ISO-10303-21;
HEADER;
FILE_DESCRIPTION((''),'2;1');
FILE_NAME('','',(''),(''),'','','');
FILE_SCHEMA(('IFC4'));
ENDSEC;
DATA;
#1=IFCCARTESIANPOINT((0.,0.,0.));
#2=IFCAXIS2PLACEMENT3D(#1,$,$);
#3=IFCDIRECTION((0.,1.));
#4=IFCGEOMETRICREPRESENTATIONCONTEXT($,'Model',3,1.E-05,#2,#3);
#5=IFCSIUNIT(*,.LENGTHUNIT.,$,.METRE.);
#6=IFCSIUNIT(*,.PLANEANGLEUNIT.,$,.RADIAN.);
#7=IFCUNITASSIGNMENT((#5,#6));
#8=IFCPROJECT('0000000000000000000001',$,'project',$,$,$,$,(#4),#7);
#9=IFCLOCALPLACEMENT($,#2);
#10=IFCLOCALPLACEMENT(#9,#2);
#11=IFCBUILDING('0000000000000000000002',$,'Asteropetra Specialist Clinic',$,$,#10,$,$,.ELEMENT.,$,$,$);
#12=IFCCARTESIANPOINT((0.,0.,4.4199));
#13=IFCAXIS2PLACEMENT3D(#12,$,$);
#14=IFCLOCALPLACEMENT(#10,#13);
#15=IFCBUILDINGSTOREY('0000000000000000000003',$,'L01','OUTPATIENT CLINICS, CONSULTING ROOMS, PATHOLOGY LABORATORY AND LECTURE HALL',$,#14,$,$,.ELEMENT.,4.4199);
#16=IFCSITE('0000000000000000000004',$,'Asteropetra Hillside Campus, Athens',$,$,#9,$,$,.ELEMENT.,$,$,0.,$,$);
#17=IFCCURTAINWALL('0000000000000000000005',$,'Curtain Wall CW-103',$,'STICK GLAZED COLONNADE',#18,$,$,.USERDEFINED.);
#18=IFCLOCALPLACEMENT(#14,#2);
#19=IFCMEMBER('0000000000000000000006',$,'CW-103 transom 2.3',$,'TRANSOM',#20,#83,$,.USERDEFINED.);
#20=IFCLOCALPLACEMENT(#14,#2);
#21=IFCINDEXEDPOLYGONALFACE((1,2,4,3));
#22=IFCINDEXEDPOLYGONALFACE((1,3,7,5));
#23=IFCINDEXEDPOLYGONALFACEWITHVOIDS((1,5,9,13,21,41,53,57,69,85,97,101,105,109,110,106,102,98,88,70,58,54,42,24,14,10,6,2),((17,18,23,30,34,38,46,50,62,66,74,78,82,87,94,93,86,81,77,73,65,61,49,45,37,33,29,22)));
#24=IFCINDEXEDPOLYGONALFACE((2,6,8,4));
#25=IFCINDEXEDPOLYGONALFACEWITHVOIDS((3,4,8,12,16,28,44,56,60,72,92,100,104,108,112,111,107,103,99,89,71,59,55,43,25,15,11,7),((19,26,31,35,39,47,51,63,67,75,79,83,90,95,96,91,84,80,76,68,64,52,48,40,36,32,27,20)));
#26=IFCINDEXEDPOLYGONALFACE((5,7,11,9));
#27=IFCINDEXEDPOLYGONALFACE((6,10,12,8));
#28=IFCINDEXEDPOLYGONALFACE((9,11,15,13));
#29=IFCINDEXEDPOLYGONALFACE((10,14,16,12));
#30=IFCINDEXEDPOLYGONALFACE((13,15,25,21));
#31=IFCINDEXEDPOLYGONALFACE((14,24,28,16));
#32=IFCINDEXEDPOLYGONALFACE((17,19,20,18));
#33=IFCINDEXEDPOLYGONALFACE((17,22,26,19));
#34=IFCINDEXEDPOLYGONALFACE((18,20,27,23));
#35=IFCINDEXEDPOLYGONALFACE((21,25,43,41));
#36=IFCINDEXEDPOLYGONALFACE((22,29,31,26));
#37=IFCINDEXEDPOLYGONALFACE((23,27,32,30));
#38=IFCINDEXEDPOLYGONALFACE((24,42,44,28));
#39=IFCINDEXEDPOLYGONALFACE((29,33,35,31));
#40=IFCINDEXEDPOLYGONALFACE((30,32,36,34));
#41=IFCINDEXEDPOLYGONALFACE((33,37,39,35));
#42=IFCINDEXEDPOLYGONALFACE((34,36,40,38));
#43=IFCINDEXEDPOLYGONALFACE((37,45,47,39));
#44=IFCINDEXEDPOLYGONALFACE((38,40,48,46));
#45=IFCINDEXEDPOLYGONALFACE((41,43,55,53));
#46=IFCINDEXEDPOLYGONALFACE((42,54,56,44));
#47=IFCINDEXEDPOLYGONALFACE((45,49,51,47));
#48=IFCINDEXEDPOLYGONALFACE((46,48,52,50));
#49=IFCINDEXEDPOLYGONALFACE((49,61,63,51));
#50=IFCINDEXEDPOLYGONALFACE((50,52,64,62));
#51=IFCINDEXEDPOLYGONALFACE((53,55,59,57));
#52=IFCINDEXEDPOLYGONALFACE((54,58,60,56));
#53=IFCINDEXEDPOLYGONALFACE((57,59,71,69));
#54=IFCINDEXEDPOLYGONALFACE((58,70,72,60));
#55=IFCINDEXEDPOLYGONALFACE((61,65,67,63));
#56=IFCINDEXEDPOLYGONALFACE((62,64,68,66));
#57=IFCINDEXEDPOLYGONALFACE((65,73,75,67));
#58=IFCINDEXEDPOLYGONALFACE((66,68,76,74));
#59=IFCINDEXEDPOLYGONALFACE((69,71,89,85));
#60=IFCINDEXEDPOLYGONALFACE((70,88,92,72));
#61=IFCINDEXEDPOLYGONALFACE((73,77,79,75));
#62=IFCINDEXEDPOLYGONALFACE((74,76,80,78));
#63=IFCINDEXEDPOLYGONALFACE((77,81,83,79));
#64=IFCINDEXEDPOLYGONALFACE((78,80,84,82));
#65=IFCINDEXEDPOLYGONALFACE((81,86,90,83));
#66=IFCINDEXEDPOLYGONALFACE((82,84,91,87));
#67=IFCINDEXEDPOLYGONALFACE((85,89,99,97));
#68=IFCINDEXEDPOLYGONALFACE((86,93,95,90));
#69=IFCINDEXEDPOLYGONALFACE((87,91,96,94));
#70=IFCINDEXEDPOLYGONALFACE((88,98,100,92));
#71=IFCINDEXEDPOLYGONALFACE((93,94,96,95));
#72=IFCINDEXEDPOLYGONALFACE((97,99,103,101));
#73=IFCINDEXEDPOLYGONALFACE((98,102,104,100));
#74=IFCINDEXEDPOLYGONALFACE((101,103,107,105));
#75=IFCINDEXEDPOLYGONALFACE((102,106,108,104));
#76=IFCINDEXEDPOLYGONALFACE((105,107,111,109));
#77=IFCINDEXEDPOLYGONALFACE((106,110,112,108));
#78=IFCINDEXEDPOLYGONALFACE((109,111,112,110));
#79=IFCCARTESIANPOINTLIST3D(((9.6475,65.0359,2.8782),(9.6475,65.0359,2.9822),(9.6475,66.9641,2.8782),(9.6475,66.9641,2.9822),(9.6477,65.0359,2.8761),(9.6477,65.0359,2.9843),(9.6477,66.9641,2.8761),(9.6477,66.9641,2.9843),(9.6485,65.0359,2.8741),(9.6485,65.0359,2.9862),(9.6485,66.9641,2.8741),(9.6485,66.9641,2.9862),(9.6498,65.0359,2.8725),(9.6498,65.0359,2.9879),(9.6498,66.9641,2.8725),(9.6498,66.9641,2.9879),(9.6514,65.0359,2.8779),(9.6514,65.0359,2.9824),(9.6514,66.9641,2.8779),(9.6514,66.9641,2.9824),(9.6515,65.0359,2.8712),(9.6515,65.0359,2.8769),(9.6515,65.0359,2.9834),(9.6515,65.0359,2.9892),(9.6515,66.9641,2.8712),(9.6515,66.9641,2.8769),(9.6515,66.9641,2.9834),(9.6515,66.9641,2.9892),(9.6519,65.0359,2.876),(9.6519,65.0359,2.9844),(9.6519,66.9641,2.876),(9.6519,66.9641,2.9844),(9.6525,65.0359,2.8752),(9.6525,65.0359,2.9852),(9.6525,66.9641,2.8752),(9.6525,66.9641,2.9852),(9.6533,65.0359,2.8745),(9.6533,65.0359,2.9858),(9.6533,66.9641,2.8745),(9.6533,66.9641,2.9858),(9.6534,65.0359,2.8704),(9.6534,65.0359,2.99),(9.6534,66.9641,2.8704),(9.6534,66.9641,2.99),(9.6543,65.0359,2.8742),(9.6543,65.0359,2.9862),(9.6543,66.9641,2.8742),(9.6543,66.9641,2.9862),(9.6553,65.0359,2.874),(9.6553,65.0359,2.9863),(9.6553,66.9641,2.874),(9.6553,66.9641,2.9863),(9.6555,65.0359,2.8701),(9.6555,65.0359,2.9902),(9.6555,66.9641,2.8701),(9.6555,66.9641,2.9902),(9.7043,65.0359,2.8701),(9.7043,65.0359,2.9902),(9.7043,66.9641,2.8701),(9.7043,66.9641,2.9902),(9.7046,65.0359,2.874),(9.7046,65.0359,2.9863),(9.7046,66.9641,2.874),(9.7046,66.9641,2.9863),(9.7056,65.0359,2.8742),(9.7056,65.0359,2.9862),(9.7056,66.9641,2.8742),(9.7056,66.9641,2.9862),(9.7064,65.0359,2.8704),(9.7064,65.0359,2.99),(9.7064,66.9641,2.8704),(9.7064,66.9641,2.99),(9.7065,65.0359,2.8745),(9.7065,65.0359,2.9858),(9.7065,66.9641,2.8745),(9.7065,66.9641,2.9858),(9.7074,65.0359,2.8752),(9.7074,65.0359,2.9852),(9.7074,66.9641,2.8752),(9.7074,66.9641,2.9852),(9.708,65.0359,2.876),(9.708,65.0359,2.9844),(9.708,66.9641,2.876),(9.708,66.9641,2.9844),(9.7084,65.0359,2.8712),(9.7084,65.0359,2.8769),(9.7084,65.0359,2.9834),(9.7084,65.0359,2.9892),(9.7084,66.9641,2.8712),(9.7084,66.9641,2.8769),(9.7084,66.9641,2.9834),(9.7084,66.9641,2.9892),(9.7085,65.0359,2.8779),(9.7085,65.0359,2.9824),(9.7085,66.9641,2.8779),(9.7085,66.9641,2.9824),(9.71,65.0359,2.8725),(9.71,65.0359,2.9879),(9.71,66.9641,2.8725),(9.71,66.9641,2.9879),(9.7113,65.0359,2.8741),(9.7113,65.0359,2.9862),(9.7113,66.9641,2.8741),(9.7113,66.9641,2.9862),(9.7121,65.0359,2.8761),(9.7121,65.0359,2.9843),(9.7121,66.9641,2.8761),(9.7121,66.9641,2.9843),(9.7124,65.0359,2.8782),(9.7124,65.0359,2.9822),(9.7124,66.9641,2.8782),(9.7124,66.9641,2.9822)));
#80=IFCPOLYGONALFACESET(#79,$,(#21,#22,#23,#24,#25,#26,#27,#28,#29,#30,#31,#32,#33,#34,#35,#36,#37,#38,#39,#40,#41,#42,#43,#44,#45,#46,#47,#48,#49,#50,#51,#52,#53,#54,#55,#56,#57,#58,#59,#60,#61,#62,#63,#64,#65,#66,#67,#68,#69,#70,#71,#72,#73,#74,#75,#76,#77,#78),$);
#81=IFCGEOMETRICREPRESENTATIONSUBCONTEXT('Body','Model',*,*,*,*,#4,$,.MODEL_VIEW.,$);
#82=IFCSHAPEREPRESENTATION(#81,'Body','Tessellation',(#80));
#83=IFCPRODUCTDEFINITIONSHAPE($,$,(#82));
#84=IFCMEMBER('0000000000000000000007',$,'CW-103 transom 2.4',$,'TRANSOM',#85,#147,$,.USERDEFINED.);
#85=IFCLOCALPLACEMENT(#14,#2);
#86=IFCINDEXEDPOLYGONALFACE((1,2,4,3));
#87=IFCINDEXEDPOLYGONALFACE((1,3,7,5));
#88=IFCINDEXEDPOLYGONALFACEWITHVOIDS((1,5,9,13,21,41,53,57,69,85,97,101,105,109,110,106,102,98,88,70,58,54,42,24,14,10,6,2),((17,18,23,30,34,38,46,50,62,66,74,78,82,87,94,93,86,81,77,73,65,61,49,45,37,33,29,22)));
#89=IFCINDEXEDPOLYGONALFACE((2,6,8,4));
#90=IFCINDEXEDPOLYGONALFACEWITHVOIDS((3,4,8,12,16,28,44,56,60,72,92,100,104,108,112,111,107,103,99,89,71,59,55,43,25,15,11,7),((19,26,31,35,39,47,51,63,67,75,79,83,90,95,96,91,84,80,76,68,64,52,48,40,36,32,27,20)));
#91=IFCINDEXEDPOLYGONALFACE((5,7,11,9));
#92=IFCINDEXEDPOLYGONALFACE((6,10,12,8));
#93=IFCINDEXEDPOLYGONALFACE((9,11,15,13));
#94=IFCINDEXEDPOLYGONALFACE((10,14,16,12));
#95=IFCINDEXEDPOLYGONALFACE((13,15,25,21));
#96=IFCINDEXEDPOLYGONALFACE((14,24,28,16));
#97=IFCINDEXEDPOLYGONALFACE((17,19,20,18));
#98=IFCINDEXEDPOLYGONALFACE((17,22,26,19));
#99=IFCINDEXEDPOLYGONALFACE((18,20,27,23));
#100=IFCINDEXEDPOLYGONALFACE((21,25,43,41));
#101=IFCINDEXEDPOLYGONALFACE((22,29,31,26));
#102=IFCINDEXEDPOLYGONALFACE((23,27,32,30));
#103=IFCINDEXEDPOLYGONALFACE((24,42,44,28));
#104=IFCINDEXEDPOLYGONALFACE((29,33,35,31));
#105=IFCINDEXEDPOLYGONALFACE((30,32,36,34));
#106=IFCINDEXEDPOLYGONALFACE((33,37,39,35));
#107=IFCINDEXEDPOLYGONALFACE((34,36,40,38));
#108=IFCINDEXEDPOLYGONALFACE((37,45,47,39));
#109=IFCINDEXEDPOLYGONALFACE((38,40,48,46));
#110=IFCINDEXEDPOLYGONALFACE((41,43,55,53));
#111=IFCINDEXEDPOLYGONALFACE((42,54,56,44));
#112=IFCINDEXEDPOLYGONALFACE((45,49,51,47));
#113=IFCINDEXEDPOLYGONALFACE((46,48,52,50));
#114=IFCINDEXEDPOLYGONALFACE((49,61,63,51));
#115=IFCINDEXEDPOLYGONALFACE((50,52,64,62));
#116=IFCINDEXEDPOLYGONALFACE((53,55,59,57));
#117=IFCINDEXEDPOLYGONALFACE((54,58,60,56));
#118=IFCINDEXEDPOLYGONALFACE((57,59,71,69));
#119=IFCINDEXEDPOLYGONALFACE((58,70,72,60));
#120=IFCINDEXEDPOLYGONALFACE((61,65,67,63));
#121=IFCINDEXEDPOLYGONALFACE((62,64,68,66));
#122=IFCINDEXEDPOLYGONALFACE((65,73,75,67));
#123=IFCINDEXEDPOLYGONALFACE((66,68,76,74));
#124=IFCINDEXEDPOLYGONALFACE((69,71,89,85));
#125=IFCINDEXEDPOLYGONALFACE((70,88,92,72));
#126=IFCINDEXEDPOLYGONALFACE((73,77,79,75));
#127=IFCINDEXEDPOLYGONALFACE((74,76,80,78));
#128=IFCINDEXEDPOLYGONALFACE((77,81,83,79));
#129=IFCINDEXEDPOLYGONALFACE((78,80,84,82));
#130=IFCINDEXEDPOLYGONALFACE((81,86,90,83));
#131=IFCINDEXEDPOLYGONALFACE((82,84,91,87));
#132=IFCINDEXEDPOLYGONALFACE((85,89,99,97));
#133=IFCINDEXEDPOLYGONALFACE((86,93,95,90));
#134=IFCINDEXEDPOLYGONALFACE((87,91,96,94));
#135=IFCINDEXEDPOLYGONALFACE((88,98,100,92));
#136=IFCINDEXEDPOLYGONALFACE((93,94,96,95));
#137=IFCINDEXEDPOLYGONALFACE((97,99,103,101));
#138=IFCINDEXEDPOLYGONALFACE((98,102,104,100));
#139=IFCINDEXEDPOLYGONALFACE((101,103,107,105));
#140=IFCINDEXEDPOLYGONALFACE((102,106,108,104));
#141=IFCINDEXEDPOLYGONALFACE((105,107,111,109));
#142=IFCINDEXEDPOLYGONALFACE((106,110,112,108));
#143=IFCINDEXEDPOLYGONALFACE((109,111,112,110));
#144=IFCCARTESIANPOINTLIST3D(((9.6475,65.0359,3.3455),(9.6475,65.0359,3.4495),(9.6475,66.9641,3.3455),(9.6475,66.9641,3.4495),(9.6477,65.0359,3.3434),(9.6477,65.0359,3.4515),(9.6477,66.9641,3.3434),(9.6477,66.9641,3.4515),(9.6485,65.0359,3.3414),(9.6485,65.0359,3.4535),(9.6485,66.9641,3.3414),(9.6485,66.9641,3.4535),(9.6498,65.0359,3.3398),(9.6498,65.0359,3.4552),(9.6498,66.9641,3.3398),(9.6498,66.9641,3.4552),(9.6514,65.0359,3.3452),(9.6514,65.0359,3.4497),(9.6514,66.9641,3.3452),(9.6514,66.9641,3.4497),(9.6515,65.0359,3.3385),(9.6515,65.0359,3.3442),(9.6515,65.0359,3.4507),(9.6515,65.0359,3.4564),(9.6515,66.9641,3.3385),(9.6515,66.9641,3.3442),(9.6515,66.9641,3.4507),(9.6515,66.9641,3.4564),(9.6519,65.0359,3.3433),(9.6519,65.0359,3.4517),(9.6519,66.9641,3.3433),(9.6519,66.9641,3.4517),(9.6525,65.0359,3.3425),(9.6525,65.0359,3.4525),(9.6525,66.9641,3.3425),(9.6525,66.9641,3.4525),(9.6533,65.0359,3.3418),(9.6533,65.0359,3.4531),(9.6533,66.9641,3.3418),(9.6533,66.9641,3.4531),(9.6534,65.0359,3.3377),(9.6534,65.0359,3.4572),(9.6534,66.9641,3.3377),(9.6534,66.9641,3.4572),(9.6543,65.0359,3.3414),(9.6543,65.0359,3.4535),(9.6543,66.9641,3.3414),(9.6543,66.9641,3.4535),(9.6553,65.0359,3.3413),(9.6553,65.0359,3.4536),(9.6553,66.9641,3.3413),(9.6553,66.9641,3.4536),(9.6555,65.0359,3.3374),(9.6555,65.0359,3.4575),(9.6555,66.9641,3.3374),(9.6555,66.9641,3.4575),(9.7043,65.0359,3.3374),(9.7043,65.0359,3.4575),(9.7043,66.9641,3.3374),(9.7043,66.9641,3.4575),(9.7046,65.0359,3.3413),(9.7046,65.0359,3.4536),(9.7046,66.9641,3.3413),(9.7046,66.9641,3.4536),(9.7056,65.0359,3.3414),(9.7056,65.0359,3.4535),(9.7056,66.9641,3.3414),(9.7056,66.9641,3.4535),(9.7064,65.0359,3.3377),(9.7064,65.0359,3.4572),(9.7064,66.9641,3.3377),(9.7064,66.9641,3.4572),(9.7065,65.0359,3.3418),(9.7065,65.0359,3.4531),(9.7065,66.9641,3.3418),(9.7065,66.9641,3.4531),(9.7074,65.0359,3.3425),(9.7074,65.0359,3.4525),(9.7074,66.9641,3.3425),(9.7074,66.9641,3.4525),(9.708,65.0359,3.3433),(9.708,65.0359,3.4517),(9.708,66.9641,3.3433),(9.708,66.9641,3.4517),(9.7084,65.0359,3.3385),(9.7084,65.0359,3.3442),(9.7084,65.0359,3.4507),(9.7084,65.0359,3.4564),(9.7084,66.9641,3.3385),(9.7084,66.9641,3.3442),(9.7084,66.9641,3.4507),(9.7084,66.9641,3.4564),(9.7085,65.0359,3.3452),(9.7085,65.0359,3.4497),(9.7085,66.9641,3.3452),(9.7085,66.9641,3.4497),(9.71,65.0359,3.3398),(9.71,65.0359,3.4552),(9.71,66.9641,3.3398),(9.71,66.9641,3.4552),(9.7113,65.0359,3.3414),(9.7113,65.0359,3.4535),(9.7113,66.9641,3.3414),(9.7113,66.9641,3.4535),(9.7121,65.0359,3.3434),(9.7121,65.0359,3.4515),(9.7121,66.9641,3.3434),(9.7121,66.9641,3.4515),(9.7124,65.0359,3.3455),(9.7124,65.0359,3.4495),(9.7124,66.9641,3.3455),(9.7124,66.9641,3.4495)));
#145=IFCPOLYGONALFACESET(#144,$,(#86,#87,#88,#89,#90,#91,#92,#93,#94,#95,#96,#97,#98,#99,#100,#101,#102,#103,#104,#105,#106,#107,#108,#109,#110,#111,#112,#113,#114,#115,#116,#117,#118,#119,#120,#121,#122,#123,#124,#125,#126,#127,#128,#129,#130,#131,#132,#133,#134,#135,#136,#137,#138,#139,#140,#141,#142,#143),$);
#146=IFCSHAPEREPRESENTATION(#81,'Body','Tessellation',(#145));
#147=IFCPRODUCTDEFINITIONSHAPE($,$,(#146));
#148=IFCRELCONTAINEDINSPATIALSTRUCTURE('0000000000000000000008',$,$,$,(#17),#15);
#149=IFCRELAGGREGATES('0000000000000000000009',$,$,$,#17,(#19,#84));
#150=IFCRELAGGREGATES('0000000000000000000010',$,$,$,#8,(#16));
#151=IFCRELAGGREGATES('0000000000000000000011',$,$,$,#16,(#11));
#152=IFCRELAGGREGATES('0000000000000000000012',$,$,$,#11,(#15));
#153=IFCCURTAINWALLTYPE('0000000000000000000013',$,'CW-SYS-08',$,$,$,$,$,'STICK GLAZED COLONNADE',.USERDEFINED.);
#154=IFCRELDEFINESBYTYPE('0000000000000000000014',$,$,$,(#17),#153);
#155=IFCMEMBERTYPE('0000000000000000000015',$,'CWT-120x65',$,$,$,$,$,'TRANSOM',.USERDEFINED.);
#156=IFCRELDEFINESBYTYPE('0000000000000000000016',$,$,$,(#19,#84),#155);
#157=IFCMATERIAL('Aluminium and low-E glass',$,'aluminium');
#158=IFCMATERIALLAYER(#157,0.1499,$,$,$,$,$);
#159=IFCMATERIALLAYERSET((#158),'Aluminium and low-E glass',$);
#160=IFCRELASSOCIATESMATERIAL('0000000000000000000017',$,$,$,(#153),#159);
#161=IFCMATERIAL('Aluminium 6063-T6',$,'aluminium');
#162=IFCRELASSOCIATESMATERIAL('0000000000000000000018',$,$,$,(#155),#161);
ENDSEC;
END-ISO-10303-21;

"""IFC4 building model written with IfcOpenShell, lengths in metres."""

from ifc_helpers import new_model, si_unit, direction, frame, origin, origin_2d, place, context, subcontext, project, spatial, hollow_rectangle, extrude, material, layer, layer_set, material_profile, profile_set, type_object, element, aggregate, save


model = new_model("IFC4")

# Units and contexts
model_context = context("Model", 3, precision=1e-05, world=origin(), true_north=direction((0.0, 1.0)))
body_context = subcontext(model_context, "Body", "Model", "MODEL_VIEW")
ifc_project = project(units=[si_unit("LENGTHUNIT", "METRE"), si_unit("PLANEANGLEUNIT", "RADIAN")], contexts=[model_context])

# Site, building, storey
site_placement = place(None, origin())
site = spatial("IfcSite", under=ifc_project, at=site_placement, Name="Asteropetra Hillside Campus, Athens", CompositionType="ELEMENT", RefElevation=0.0)
building_placement = place(site_placement, origin())
building = spatial("IfcBuilding", under=site, at=building_placement, Name="Asteropetra Specialist Clinic", CompositionType="ELEMENT")
storey_placement = place(building_placement, frame((0.0, 0.0, 4.4199)))
storey = spatial("IfcBuildingStorey", under=building, at=storey_placement, Name="L01", Description="OUTPATIENT CLINICS, CONSULTING ROOMS, PATHOLOGY LABORATORY AND LECTURE HALL", CompositionType="ELEMENT", Elevation=4.4199)

# Curtain wall, members
ifc_material_1 = material(Name="Aluminium and low-E glass", Category="aluminium")
ifc_layer_1 = layer(ifc_material_1, 0.1499)
ifc_layer_set_1 = layer_set([ifc_layer_1], Name="Aluminium and low-E glass")
curtain_wall_type = type_object("IfcCurtainWallType", Name="CW-SYS-08", ElementType="STICK GLAZED COLONNADE", PredefinedType="USERDEFINED", material=ifc_layer_set_1)
curtain_wall_placement = place(storey_placement, origin())
curtain_wall = element("IfcCurtainWall", 1, at=curtain_wall_placement, inside=storey, type_object=curtain_wall_type, Name="Curtain Wall CW-103", ObjectType="STICK GLAZED COLONNADE", PredefinedType="USERDEFINED")
ifc_material_2 = material(Name="Aluminium 6063-T6", Category="aluminium")
ifc_material_profile_1 = material_profile(ifc_material_2, hollow_rectangle(XDim=0.0649, YDim=0.1201, WallThickness=0.0039, InnerFilletRadius=0.0039, OuterFilletRadius=0.0081, at=origin_2d()), Name="TRN 120x65x4.0")
ifc_profile_set_1 = profile_set([ifc_material_profile_1], Name="Aluminium 6063-T6")
member_type_1 = type_object("IfcMemberType", Name="CWT-120x65", ElementType="TRANSOM", PredefinedType="USERDEFINED", material=ifc_profile_set_1)
member_1_placement = place(storey_placement, frame((9.6799, 65.0359, 2.9302), z_axis=(0.0, 1.0, 0.0), x_axis=(-1.0, 0.0, 0.0)))
member_1 = element("IfcMember", 2, at=member_1_placement, type_object=member_type_1, Name="CW-103 transom 2.3", ObjectType="TRANSOM", PredefinedType="USERDEFINED", context=body_context, shape_type="SweptSolid", body=[
    extrude(hollow_rectangle(XDim=0.0649, YDim=0.1201, WallThickness=0.0039, InnerFilletRadius=0.0039, OuterFilletRadius=0.0081, at=origin_2d()), origin(), (0.0, 0.0, 1.0), 1.9282),
])
member_2_placement = place(storey_placement, frame((9.6799, 65.0359, 3.3975), z_axis=(0.0, 1.0, 0.0), x_axis=(-1.0, 0.0, 0.0)))
member_2 = element("IfcMember", 3, at=member_2_placement, type_object=member_type_1, Name="CW-103 transom 2.4", ObjectType="TRANSOM", PredefinedType="USERDEFINED", context=body_context, shape_type="SweptSolid", body=[
    extrude(hollow_rectangle(XDim=0.0649, YDim=0.1201, WallThickness=0.0039, InnerFilletRadius=0.0039, OuterFilletRadius=0.0081, at=origin_2d()), origin(), (0.0, 0.0, 1.0), 1.9282),
])
aggregate(curtain_wall, [member_1, member_2])

save(model, "model.ifc")
